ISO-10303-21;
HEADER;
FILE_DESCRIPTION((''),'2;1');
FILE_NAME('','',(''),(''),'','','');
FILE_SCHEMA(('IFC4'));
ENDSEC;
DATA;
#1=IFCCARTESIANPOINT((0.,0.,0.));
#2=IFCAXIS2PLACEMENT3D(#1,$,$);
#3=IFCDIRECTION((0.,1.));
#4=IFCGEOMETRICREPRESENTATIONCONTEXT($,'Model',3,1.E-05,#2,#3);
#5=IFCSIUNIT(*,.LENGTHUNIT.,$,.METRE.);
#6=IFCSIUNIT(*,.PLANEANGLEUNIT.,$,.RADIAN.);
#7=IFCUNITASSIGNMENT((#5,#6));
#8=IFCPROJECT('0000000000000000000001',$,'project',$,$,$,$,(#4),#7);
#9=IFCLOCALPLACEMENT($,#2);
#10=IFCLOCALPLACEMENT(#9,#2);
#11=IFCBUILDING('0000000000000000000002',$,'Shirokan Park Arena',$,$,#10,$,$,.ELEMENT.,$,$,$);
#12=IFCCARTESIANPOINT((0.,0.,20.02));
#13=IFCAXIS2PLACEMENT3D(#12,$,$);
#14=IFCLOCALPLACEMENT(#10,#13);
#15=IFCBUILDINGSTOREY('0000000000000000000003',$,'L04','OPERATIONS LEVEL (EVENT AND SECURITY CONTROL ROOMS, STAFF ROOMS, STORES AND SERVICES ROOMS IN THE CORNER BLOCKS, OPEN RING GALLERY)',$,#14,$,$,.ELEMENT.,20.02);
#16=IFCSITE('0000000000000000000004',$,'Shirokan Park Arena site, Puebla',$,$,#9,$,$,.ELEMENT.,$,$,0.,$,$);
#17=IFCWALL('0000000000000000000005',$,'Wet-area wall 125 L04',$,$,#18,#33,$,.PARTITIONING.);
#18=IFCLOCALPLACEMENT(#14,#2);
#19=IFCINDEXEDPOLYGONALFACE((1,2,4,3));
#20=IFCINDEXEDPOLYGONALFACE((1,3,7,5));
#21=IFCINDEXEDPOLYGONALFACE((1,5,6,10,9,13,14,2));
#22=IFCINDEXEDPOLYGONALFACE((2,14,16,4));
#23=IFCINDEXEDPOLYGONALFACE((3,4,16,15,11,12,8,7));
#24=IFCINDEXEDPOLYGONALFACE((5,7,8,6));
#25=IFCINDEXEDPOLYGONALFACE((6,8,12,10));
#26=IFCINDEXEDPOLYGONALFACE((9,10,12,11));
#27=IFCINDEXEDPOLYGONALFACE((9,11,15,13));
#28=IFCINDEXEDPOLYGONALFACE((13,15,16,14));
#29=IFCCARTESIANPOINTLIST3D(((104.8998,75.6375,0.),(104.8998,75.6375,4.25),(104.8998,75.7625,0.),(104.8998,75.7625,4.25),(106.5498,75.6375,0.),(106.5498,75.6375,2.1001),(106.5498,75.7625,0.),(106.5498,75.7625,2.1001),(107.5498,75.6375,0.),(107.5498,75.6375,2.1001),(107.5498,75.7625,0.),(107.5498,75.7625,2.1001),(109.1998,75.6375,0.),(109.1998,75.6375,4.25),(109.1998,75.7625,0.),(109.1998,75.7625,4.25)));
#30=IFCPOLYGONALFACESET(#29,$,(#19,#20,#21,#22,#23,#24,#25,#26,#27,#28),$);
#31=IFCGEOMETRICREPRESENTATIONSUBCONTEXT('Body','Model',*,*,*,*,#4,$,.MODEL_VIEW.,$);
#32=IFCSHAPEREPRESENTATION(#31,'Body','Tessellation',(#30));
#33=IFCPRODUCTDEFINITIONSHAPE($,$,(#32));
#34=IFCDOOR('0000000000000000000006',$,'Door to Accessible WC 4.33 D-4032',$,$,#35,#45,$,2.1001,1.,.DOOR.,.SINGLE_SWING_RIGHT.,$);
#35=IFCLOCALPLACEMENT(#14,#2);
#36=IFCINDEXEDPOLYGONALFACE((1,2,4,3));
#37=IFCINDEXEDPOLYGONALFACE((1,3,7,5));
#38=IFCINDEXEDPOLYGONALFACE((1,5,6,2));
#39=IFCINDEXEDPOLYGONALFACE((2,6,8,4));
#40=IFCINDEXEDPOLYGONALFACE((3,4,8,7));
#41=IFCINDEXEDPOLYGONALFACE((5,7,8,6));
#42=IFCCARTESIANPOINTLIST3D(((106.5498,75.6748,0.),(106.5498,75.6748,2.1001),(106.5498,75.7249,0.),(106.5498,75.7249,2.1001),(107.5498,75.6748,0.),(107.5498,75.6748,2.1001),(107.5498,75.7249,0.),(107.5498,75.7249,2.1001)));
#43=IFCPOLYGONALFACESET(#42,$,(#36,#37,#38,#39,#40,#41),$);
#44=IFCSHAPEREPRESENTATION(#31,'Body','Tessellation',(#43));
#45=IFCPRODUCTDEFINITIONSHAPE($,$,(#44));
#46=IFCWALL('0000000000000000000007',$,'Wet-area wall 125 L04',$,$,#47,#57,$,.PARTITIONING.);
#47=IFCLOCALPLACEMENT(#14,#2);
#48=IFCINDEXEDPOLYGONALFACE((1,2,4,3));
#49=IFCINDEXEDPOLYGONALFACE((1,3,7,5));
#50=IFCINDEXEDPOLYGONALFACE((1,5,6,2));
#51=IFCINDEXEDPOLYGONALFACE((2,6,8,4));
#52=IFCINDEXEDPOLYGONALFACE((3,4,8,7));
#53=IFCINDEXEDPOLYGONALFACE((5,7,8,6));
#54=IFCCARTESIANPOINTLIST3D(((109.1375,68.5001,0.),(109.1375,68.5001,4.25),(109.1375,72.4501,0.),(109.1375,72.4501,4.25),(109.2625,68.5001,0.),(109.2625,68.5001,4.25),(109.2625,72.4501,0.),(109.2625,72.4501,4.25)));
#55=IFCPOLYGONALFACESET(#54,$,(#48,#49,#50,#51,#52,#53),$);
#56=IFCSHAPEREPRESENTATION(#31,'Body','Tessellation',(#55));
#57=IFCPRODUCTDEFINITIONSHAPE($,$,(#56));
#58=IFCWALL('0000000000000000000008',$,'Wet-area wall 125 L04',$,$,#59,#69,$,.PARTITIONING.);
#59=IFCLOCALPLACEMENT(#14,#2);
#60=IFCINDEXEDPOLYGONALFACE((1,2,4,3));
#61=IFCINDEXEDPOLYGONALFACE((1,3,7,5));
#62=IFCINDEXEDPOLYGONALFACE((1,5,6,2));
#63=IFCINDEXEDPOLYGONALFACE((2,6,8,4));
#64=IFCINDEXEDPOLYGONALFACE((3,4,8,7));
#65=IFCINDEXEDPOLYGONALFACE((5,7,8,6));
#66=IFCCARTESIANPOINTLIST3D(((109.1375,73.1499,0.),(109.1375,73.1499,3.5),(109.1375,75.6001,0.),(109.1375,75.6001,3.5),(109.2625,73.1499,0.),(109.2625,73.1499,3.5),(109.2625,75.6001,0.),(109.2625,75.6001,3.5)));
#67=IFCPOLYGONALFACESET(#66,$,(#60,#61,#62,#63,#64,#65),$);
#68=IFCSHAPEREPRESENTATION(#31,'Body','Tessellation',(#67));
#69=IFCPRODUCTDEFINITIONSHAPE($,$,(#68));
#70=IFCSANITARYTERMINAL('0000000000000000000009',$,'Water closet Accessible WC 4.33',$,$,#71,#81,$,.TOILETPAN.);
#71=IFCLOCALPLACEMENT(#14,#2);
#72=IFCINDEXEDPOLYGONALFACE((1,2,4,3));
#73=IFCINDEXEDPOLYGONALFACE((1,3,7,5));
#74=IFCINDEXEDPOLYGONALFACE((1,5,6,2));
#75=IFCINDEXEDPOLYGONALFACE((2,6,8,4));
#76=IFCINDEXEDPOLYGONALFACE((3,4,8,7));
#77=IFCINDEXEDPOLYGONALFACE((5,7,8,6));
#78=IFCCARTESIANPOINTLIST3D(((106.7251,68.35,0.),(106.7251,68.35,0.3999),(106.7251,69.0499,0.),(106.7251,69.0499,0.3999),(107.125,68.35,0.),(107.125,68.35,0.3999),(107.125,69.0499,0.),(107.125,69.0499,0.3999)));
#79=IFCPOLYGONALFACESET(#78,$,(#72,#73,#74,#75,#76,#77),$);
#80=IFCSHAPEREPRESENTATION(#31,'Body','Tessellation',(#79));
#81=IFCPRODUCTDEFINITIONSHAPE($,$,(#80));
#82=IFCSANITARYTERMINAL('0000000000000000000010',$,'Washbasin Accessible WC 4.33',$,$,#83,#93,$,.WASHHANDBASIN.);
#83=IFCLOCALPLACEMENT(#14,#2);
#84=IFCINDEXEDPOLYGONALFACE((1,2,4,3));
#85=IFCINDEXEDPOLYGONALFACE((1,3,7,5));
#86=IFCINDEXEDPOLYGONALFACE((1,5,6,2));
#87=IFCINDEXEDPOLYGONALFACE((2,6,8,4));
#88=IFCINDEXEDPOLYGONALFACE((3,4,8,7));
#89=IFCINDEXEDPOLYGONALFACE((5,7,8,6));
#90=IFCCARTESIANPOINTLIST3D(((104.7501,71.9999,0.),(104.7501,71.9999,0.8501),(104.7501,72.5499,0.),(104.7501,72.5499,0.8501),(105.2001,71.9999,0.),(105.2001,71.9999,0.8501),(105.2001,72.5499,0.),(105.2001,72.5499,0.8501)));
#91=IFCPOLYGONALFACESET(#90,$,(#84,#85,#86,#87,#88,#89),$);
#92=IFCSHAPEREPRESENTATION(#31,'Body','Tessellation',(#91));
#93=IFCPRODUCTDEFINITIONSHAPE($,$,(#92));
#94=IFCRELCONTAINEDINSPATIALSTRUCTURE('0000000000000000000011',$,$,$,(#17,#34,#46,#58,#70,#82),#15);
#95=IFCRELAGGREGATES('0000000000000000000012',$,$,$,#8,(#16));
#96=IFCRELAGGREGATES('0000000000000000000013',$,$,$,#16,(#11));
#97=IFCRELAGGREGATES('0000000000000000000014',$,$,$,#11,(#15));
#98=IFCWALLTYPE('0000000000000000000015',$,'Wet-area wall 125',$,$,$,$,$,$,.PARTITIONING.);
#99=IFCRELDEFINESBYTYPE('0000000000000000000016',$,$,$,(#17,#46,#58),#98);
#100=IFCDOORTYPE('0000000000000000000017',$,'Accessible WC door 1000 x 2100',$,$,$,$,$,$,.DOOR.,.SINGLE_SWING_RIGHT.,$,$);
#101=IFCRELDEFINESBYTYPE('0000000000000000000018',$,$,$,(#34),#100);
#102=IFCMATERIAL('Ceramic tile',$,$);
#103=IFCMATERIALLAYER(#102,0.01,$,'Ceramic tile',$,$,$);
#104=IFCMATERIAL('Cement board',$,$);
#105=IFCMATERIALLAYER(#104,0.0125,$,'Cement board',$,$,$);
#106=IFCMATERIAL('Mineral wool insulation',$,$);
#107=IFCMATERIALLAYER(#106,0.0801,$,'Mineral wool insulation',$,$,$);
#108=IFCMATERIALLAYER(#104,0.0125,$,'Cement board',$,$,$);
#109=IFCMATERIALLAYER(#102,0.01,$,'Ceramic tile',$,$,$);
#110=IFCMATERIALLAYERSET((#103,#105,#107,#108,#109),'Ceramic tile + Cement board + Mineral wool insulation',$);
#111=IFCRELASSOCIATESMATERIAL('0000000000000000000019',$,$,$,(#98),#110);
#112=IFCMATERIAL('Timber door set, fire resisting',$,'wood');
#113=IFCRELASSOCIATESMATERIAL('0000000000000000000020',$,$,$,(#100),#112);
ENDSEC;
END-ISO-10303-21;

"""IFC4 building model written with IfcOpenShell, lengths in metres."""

from ifc_helpers import new_model, si_unit, direction, frame, frame_2d, origin, origin_2d, place, context, subcontext, project, spatial, rectangle, extrude, material, layer, layer_set, type_object, element, fill, save


model = new_model("IFC4")

# Units and contexts
model_context = context("Model", 3, precision=1e-05, world=origin(), true_north=direction((0.0, 1.0)))
body_context = subcontext(model_context, "Body", "Model", "MODEL_VIEW")
ifc_project = project(units=[si_unit("LENGTHUNIT", "METRE"), si_unit("PLANEANGLEUNIT", "RADIAN")], contexts=[model_context])

# Site, building, storey
site_placement = place(None, origin())
site = spatial("IfcSite", under=ifc_project, at=site_placement, Name="Shirokan Park Arena site, Puebla", CompositionType="ELEMENT", RefElevation=0.0)
building_placement = place(site_placement, origin())
building = spatial("IfcBuilding", under=site, at=building_placement, Name="Shirokan Park Arena", CompositionType="ELEMENT")
storey_placement = place(building_placement, frame((0.0, 0.0, 20.02)))
storey = spatial("IfcBuildingStorey", under=building, at=storey_placement, Name="L04", Description="OPERATIONS LEVEL (EVENT AND SECURITY CONTROL ROOMS, STAFF ROOMS, STORES AND SERVICES ROOMS IN THE CORNER BLOCKS, OPEN RING GALLERY)", CompositionType="ELEMENT", Elevation=20.02)

# Wall, opening, door
ifc_material_1 = material(Name="Ceramic tile")
ifc_layer_1 = layer(ifc_material_1, 0.01, Name="Ceramic tile")
ifc_material_2 = material(Name="Cement board")
ifc_layer_2 = layer(ifc_material_2, 0.0125, Name="Cement board")
ifc_material_3 = material(Name="Mineral wool insulation")
ifc_layer_3 = layer(ifc_material_3, 0.0801, Name="Mineral wool insulation")
ifc_layer_4 = layer(ifc_material_2, 0.0125, Name="Cement board")
ifc_layer_5 = layer(ifc_material_1, 0.01, Name="Ceramic tile")
ifc_layer_set_1 = layer_set([ifc_layer_1, ifc_layer_2, ifc_layer_3, ifc_layer_4, ifc_layer_5], Name="Ceramic tile + Cement board + Mineral wool insulation")
wall_type_1 = type_object("IfcWallType", Name="Wet-area wall 125", PredefinedType="PARTITIONING", material=ifc_layer_set_1)
wall_1_placement = place(storey_placement, frame((104.8999, 75.7, 0.0), z_axis=(0.0, 0.0, 1.0), x_axis=(1.0, 0.0, 0.0)))
wall_1 = element("IfcWall", 1, at=wall_1_placement, inside=storey, type_object=wall_type_1, Name="Wet-area wall 125 L04", PredefinedType="PARTITIONING", context=body_context, shape_type="SweptSolid", body=[
    extrude(rectangle(XDim=4.3, YDim=0.125, at=frame_2d((2.1499, 0.0))), origin(), (0.0, 0.0, 1.0), 4.25),
])
opening_1_placement = place(wall_1_placement, frame((1.6499, 0.0, 0.0)))
opening_1 = element("IfcOpeningElement", 2, at=opening_1_placement, cuts=wall_1, PredefinedType="OPENING", context=body_context, shape_type="SweptSolid", body=[
    extrude(rectangle(XDim=1.0, YDim=2.1001, at=frame_2d((0.5, 1.05))), frame((0.0, 0.0725, 0.0), z_axis=(0.0, -1.0, 0.0), x_axis=(1.0, 0.0, 0.0)), (0.0, 0.0, 1.0), 0.145),
])
ifc_material_4 = material(Name="Timber door set, fire resisting", Category="wood")
door_type_1 = type_object("IfcDoorType", Name="Accessible WC door 1000 x 2100", OperationType="SINGLE_SWING_RIGHT", PredefinedType="DOOR", material=ifc_material_4)
door_1_placement = place(opening_1_placement, origin())
door_1 = element("IfcDoor", 3, at=door_1_placement, inside=storey, type_object=door_type_1, Name="Door to Accessible WC 4.33 D-4032", OperationType="SINGLE_SWING_RIGHT", OverallHeight=2.1001, OverallWidth=1.0, PredefinedType="DOOR", context=body_context, shape_type="SweptSolid", body=[
    extrude(rectangle(XDim=1.0, YDim=2.1001, at=frame_2d((0.5, 1.05))), frame((0.0, 0.0249, 0.0), z_axis=(0.0, -1.0, 0.0), x_axis=(1.0, 0.0, 0.0)), (0.0, 0.0, 1.0), 0.05),
])
fill(opening_1, door_1)

# Walls
wall_2_placement = place(storey_placement, frame((109.2, 68.5, 0.0), z_axis=(0.0, 0.0, 1.0), x_axis=(0.0, 1.0, 0.0)))
element("IfcWall", 4, at=wall_2_placement, inside=storey, type_object=wall_type_1, Name="Wet-area wall 125 L04", PredefinedType="PARTITIONING", context=body_context, shape_type="SweptSolid", body=[
    extrude(rectangle(XDim=3.95, YDim=0.125, at=frame_2d((1.9751, 0.0))), origin(), (0.0, 0.0, 1.0), 4.25),
])
wall_3_placement = place(storey_placement, frame((109.2, 73.1499, 0.0), z_axis=(0.0, 0.0, 1.0), x_axis=(0.0, 1.0, 0.0)))
element("IfcWall", 5, at=wall_3_placement, inside=storey, type_object=wall_type_1, Name="Wet-area wall 125 L04", PredefinedType="PARTITIONING", context=body_context, shape_type="SweptSolid", body=[
    extrude(rectangle(XDim=2.4502, YDim=0.125, at=frame_2d((1.2251, 0.0))), origin(), (0.0, 0.0, 1.0), 3.5),
])

# Sanitary terminals
sanitary_terminal_1_placement = place(storey_placement, frame((106.925, 68.7, 0.0), z_axis=(0.0, 0.0, 1.0), x_axis=(1.0, 0.0, 0.0)))
element("IfcSanitaryTerminal", 6, at=sanitary_terminal_1_placement, inside=storey, Name="Water closet Accessible WC 4.33", PredefinedType="TOILETPAN", context=body_context, shape_type="SweptSolid", body=[
    extrude(rectangle(XDim=0.3999, YDim=0.7, at=origin_2d()), origin(), (0.0, 0.0, 1.0), 0.3999),
])
sanitary_terminal_2_placement = place(storey_placement, frame((104.9751, 72.2749, 0.0), z_axis=(0.0, 0.0, 1.0), x_axis=(1.0, 0.0, 0.0)))
element("IfcSanitaryTerminal", 7, at=sanitary_terminal_2_placement, inside=storey, Name="Washbasin Accessible WC 4.33", PredefinedType="WASHHANDBASIN", context=body_context, shape_type="SweptSolid", body=[
    extrude(rectangle(XDim=0.45, YDim=0.55, at=origin_2d()), origin(), (0.0, 0.0, 1.0), 0.8501),
])

save(model, "model.ifc")
